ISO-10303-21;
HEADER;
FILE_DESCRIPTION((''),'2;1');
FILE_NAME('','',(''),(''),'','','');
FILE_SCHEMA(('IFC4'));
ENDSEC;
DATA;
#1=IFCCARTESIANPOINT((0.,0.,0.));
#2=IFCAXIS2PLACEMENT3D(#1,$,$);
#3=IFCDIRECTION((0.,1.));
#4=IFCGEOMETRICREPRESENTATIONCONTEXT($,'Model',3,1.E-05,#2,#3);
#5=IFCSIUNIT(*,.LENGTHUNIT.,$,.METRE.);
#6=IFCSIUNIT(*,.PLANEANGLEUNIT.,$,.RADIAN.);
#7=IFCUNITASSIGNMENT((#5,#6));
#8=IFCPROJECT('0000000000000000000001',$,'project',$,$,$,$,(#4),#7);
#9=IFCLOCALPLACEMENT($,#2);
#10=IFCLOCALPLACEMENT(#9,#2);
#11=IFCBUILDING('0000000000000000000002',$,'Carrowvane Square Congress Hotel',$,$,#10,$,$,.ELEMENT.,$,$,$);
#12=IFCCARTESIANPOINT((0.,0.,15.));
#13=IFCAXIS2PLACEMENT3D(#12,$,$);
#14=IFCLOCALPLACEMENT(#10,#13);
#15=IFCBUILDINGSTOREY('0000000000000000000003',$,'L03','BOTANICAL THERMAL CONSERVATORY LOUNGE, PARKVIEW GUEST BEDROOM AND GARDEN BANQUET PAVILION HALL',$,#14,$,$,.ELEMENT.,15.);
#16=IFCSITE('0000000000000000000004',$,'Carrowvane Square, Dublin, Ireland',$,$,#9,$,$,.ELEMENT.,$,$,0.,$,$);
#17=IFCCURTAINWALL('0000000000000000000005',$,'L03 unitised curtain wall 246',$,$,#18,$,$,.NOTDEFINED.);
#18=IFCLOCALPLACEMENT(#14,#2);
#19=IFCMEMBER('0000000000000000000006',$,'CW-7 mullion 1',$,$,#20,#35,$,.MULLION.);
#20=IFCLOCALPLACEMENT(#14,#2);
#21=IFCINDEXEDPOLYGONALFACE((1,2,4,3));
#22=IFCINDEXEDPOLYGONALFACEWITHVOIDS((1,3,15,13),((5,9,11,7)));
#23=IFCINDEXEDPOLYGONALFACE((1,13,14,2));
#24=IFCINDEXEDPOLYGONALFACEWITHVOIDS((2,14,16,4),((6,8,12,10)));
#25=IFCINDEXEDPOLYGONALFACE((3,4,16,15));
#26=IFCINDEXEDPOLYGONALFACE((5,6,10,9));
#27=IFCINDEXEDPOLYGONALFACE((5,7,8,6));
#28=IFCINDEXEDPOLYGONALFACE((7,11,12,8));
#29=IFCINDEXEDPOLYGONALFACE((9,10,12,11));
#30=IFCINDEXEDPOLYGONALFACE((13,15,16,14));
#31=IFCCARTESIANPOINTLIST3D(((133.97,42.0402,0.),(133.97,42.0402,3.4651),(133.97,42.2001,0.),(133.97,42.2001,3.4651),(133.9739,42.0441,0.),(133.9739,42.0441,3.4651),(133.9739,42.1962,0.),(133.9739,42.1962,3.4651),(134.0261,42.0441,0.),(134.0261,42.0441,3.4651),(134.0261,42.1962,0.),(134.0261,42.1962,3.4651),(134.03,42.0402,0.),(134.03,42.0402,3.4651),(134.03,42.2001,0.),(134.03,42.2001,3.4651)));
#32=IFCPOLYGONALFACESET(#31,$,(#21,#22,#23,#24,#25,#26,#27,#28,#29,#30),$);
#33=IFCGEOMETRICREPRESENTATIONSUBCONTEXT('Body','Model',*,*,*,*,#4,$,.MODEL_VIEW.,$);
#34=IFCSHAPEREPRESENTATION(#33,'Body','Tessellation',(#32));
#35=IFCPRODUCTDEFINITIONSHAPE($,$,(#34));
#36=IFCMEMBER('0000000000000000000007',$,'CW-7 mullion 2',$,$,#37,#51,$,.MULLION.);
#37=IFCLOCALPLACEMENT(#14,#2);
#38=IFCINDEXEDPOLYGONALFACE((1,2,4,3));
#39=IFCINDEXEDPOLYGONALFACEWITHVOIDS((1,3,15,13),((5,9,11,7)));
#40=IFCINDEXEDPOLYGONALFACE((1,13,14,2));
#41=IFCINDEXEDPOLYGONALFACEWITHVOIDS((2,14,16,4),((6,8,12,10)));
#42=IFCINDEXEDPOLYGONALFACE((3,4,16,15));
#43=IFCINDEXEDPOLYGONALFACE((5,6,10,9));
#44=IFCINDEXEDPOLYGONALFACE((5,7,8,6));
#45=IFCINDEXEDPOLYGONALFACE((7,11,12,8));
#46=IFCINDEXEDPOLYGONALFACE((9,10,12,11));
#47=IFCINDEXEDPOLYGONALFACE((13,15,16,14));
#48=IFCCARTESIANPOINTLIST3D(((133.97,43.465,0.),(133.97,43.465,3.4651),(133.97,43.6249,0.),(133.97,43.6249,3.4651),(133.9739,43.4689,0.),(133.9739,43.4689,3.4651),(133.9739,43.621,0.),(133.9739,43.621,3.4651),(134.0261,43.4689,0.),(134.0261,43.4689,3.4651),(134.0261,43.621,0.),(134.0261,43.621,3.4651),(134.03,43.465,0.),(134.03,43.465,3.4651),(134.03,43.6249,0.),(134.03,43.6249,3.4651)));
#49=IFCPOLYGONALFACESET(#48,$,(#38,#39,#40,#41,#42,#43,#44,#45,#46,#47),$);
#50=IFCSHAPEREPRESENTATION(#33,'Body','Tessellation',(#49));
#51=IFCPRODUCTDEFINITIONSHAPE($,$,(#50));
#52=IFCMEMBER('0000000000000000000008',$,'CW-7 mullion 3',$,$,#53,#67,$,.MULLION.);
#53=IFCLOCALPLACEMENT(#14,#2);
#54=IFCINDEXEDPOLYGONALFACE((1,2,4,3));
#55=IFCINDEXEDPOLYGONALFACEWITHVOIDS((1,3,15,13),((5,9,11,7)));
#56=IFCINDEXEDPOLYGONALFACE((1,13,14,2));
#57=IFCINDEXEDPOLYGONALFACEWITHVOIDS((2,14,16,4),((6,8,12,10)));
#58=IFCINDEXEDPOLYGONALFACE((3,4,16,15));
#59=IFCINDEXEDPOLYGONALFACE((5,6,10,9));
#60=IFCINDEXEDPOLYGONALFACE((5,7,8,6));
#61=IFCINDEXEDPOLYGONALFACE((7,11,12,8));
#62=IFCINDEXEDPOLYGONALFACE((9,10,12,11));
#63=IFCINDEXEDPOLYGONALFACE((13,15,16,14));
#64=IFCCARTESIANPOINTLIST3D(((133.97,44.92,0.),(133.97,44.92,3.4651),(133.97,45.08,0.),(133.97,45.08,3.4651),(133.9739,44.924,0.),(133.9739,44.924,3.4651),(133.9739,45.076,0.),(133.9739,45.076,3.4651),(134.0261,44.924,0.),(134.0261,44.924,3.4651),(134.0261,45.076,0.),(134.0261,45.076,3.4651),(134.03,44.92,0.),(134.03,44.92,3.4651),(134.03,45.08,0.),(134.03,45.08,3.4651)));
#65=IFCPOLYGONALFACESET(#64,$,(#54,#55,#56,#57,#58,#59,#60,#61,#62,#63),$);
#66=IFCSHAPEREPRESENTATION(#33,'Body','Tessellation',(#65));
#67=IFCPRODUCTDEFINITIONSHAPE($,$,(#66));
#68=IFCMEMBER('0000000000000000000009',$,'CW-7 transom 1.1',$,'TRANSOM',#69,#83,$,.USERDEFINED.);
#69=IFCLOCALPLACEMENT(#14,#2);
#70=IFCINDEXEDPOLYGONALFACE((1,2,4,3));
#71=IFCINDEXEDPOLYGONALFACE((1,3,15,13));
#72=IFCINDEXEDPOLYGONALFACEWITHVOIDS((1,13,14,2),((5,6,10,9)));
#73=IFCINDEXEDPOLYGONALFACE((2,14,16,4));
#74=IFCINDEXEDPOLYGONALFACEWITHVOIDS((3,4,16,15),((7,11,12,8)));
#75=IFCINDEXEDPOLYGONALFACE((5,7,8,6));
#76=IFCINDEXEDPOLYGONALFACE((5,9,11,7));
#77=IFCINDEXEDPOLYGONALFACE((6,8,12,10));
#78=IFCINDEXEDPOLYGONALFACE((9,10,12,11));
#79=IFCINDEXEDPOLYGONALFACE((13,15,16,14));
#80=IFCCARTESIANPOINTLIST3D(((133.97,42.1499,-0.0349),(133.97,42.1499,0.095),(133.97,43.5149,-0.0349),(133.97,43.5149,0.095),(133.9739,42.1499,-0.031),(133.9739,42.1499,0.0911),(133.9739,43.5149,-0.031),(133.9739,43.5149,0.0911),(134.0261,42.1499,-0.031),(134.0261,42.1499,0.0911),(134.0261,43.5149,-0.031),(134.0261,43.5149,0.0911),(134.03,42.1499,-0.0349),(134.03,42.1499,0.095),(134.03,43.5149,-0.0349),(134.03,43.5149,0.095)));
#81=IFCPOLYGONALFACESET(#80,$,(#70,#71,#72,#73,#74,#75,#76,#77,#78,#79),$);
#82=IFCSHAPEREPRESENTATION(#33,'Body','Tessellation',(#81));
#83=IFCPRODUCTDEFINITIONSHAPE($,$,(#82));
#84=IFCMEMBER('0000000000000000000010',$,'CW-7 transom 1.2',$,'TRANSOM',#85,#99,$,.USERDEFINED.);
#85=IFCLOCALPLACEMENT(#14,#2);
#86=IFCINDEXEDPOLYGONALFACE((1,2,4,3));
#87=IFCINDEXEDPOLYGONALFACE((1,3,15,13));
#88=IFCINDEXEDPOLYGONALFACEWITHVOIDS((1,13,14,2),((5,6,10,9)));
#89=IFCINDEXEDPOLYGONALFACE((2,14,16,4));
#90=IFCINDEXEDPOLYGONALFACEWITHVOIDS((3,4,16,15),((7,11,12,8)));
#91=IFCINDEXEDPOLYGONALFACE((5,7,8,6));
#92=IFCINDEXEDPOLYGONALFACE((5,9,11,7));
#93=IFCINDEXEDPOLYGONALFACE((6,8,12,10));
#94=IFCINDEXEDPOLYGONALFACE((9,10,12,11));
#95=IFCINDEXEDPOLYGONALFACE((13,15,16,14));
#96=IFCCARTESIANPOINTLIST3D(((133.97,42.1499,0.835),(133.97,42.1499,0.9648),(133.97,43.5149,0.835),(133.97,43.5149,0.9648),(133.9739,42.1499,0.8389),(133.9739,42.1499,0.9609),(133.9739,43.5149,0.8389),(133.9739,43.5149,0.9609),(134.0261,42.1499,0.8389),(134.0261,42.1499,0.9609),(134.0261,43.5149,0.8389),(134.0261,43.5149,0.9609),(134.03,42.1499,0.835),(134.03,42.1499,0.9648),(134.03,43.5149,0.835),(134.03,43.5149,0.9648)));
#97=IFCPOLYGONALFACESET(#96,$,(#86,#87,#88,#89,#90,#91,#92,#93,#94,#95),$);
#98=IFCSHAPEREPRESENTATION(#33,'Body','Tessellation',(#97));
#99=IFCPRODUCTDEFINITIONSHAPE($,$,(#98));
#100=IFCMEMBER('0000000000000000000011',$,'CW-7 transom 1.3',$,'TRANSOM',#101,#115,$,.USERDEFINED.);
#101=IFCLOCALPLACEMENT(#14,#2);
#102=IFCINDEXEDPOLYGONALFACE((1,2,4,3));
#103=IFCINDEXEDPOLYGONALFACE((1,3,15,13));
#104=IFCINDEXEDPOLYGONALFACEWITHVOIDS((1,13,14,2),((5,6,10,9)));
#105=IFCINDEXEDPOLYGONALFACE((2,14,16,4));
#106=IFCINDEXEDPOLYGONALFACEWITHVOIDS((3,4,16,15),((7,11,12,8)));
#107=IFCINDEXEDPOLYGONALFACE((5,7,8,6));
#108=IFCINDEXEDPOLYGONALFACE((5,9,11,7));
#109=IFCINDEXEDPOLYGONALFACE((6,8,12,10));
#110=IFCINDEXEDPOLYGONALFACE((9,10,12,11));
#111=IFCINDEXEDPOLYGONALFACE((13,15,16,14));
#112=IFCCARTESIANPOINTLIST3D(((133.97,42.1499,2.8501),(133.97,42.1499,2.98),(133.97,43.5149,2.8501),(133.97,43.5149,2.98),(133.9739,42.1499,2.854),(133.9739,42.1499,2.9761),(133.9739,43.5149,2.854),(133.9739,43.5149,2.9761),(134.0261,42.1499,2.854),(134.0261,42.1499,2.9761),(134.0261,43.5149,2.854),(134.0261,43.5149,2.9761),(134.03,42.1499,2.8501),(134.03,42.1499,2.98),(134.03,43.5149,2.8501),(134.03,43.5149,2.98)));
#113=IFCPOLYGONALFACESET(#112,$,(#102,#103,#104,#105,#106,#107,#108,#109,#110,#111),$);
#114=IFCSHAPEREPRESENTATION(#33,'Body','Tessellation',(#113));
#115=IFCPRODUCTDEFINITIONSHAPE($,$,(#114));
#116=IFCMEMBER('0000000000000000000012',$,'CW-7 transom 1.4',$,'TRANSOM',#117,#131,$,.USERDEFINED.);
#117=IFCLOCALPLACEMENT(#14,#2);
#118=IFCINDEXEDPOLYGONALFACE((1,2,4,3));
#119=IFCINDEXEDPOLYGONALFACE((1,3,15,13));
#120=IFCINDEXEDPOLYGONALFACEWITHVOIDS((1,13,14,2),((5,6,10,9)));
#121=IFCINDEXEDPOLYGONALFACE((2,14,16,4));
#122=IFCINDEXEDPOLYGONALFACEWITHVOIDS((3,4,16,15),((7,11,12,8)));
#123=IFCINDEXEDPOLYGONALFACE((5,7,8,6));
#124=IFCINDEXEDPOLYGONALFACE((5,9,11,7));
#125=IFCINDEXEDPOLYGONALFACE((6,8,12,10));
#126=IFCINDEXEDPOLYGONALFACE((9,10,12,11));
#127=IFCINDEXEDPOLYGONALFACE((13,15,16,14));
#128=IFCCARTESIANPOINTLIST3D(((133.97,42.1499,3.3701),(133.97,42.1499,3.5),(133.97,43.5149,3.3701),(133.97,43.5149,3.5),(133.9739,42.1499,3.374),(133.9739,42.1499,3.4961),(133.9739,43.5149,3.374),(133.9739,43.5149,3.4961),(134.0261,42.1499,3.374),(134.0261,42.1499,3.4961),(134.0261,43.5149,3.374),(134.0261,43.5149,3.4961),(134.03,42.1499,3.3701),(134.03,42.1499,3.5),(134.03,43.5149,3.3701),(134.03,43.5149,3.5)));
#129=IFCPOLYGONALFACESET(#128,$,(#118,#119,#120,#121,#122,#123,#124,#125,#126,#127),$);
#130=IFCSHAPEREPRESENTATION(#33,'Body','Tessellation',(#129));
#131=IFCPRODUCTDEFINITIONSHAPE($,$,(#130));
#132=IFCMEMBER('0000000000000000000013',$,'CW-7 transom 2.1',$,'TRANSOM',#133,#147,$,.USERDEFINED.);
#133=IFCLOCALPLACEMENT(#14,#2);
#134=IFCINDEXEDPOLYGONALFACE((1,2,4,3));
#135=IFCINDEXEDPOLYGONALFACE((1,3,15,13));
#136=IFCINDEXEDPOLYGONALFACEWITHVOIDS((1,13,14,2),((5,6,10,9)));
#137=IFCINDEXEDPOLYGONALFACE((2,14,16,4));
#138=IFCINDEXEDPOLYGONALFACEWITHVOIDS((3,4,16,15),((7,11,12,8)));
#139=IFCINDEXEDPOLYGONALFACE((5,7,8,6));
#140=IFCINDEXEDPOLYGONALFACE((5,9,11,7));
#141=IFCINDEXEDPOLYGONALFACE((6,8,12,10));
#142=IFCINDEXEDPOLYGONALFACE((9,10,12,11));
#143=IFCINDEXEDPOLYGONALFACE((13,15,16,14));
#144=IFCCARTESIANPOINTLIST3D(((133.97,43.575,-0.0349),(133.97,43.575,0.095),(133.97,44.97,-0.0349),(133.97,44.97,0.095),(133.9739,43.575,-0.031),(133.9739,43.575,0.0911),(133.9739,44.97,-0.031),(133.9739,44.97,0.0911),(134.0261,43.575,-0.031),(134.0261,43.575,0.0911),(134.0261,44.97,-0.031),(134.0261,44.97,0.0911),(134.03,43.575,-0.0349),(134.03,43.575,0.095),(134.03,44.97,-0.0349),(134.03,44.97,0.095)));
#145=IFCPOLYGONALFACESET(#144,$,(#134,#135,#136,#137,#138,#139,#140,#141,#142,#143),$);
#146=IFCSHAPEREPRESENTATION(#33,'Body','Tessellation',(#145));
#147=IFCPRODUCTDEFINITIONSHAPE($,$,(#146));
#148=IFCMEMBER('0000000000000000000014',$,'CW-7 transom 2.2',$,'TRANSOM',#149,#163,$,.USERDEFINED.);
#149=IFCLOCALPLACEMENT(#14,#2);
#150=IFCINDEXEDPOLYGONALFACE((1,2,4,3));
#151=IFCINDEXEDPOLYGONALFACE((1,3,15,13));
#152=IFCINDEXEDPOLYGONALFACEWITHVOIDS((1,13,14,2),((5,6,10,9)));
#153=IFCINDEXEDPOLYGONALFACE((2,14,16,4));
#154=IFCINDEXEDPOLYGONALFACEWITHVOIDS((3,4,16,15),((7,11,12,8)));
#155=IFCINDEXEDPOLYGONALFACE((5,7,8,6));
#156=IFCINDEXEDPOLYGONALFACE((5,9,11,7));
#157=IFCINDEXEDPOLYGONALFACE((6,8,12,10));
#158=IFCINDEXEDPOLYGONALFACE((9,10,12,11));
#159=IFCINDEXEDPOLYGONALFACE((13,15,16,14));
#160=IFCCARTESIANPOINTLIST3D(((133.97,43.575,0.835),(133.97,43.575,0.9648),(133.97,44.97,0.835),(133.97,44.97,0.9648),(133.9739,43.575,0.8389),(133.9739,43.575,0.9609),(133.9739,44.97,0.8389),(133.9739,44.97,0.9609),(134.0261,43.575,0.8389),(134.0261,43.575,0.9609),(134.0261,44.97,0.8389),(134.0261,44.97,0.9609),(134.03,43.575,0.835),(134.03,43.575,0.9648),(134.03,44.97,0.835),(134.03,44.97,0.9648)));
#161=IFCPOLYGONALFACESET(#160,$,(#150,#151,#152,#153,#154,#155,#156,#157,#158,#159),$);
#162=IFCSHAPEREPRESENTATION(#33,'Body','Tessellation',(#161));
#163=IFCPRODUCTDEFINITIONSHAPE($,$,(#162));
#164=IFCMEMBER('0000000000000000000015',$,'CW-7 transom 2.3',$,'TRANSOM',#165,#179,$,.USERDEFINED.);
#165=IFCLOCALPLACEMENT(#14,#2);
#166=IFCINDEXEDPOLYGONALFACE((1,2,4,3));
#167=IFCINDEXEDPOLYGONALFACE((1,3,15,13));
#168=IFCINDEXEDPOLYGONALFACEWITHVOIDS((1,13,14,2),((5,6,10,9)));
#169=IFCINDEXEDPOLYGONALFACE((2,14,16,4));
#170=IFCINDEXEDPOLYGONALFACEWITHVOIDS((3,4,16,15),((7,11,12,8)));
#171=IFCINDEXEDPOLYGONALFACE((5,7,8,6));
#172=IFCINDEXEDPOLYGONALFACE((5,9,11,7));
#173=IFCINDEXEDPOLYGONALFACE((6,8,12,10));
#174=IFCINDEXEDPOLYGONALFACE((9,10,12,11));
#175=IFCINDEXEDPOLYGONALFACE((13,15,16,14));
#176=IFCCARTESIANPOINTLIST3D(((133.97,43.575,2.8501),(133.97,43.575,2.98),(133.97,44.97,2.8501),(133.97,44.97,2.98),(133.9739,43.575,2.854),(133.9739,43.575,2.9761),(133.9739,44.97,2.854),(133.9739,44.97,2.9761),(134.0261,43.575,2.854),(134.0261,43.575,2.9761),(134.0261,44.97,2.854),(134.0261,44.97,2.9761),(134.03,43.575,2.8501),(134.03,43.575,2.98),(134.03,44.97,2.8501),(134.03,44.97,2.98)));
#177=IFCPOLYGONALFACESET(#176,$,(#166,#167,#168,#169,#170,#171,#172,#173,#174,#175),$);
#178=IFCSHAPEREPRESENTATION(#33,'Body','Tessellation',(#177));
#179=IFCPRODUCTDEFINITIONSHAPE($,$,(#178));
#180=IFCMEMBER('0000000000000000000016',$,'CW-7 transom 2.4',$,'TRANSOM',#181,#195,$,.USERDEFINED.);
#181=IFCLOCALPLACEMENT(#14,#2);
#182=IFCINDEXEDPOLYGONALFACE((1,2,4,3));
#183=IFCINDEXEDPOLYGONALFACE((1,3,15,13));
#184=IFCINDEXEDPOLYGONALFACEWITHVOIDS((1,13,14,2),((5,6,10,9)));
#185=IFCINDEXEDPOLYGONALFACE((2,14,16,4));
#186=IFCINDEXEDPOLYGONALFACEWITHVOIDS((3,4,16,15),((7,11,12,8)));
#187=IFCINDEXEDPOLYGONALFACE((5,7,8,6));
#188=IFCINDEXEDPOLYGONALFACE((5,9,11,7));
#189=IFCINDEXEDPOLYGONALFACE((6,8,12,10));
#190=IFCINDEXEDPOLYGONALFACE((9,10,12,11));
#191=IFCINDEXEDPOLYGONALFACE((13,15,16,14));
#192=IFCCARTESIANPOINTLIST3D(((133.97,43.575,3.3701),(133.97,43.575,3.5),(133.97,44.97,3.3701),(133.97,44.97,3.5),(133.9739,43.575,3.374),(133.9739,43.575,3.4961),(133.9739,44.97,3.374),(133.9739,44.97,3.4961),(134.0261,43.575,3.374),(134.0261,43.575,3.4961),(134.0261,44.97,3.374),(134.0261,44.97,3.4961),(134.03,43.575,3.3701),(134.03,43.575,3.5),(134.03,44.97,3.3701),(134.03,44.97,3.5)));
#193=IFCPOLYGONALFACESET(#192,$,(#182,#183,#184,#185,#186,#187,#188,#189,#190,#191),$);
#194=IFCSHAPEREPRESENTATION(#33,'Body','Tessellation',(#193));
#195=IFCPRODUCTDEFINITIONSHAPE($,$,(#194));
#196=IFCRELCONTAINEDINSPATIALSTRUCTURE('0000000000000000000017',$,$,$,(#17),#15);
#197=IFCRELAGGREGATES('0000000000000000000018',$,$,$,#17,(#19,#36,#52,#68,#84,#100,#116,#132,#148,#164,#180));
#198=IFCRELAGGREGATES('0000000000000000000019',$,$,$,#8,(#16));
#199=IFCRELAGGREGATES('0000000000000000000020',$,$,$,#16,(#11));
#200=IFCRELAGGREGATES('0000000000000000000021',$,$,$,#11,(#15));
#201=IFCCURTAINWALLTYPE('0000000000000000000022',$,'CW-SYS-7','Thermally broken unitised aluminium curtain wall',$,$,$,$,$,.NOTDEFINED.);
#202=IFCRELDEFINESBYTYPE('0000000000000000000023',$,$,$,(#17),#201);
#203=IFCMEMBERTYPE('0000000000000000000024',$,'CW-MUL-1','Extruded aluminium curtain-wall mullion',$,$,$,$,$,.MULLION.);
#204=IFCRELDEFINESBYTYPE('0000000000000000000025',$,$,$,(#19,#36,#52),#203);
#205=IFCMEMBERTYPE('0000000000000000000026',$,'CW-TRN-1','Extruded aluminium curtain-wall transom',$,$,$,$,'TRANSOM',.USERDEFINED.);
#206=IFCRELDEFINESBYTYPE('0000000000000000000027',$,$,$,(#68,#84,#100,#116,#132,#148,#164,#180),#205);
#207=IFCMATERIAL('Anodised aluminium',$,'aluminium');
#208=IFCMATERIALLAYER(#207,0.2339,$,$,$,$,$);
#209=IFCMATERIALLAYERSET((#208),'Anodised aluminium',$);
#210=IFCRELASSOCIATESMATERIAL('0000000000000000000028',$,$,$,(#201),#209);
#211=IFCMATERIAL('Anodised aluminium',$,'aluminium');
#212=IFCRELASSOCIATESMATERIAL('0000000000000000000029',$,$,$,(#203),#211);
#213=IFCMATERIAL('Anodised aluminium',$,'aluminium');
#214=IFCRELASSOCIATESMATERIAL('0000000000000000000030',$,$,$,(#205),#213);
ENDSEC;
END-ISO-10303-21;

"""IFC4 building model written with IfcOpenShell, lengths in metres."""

from ifc_helpers import new_model, si_unit, direction, frame, origin, origin_2d, place, context, subcontext, project, spatial, hollow_rectangle, extrude, material, layer, layer_set, material_profile, profile_set, type_object, element, aggregate, save


model = new_model("IFC4")

# Units and contexts
model_context = context("Model", 3, precision=1e-05, world=origin(), true_north=direction((0.0, 1.0)))
body_context = subcontext(model_context, "Body", "Model", "MODEL_VIEW")
ifc_project = project(units=[si_unit("LENGTHUNIT", "METRE"), si_unit("PLANEANGLEUNIT", "RADIAN")], contexts=[model_context])

# Site, building, storey
site_placement = place(None, origin())
site = spatial("IfcSite", under=ifc_project, at=site_placement, Name="Carrowvane Square, Dublin, Ireland", CompositionType="ELEMENT", RefElevation=0.0)
building_placement = place(site_placement, origin())
building = spatial("IfcBuilding", under=site, at=building_placement, Name="Carrowvane Square Congress Hotel", CompositionType="ELEMENT")
storey_placement = place(building_placement, frame((0.0, 0.0, 15.0)))
storey = spatial("IfcBuildingStorey", under=building, at=storey_placement, Name="L03", Description="BOTANICAL THERMAL CONSERVATORY LOUNGE, PARKVIEW GUEST BEDROOM AND GARDEN BANQUET PAVILION HALL", CompositionType="ELEMENT", Elevation=15.0)

# Curtain wall, members
ifc_material_1 = material(Name="Anodised aluminium", Category="aluminium")
ifc_layer_1 = layer(ifc_material_1, 0.2339)
ifc_layer_set_1 = layer_set([ifc_layer_1], Name="Anodised aluminium")
curtain_wall_type = type_object("IfcCurtainWallType", Name="CW-SYS-7", Description="Thermally broken unitised aluminium curtain wall", PredefinedType="NOTDEFINED", material=ifc_layer_set_1)
curtain_wall_placement = place(storey_placement, origin())
curtain_wall = element("IfcCurtainWall", 1, at=curtain_wall_placement, inside=storey, type_object=curtain_wall_type, Name="L03 unitised curtain wall 246", PredefinedType="NOTDEFINED")
ifc_material_2 = material(Name="Anodised aluminium", Category="aluminium")
ifc_material_profile_1 = material_profile(ifc_material_2, hollow_rectangle(XDim=0.0601, YDim=0.1599, WallThickness=0.0039, at=origin_2d()), Name="CW-ML 60x160x4")
ifc_profile_set_1 = profile_set([ifc_material_profile_1], Name="Anodised aluminium")
member_type_1 = type_object("IfcMemberType", Name="CW-MUL-1", Description="Extruded aluminium curtain-wall mullion", PredefinedType="MULLION", material=ifc_profile_set_1)
member_1_placement = place(storey_placement, frame((134.0, 42.1201, 0.0), z_axis=(0.0, 0.0, 1.0), x_axis=(-1.0, 0.0, 0.0)))
member_1 = element("IfcMember", 2, at=member_1_placement, type_object=member_type_1, Name="CW-7 mullion 1", PredefinedType="MULLION", context=body_context, shape_type="SweptSolid", body=[
    extrude(hollow_rectangle(XDim=0.0601, YDim=0.1599, WallThickness=0.0039, at=origin_2d()), origin(), (0.0, 0.0, 1.0), 3.4651),
])
member_2_placement = place(storey_placement, frame((134.0, 43.5449, 0.0), z_axis=(0.0, 0.0, 1.0), x_axis=(-1.0, 0.0, 0.0)))
member_2 = element("IfcMember", 3, at=member_2_placement, type_object=member_type_1, Name="CW-7 mullion 2", PredefinedType="MULLION", context=body_context, shape_type="SweptSolid", body=[
    extrude(hollow_rectangle(XDim=0.0601, YDim=0.1599, WallThickness=0.0039, at=origin_2d()), origin(), (0.0, 0.0, 1.0), 3.4651),
])
member_3_placement = place(storey_placement, frame((134.0, 45.0, 0.0), z_axis=(0.0, 0.0, 1.0), x_axis=(-1.0, 0.0, 0.0)))
member_3 = element("IfcMember", 4, at=member_3_placement, type_object=member_type_1, Name="CW-7 mullion 3", PredefinedType="MULLION", context=body_context, shape_type="SweptSolid", body=[
    extrude(hollow_rectangle(XDim=0.0601, YDim=0.1599, WallThickness=0.0039, at=origin_2d()), origin(), (0.0, 0.0, 1.0), 3.4651),
])
ifc_material_3 = material(Name="Anodised aluminium", Category="aluminium")
ifc_material_profile_2 = material_profile(ifc_material_3, hollow_rectangle(XDim=0.0601, YDim=0.1299, WallThickness=0.0039, at=origin_2d()), Name="CW-TR 60x130x4")
ifc_profile_set_2 = profile_set([ifc_material_profile_2], Name="Anodised aluminium")
member_type_2 = type_object("IfcMemberType", Name="CW-TRN-1", Description="Extruded aluminium curtain-wall transom", ElementType="TRANSOM", PredefinedType="USERDEFINED", material=ifc_profile_set_2)
member_4_placement = place(storey_placement, frame((134.0, 42.1499, 0.03), z_axis=(0.0, 1.0, 0.0), x_axis=(-1.0, 0.0, 0.0)))
member_4 = element("IfcMember", 5, at=member_4_placement, type_object=member_type_2, Name="CW-7 transom 1.1", ObjectType="TRANSOM", PredefinedType="USERDEFINED", context=body_context, shape_type="SweptSolid", body=[
    extrude(hollow_rectangle(XDim=0.0601, YDim=0.1299, WallThickness=0.0039, at=origin_2d()), origin(), (0.0, 0.0, 1.0), 1.365),
])
member_5_placement = place(storey_placement, frame((134.0, 42.1499, 0.8999), z_axis=(0.0, 1.0, 0.0), x_axis=(-1.0, 0.0, 0.0)))
member_5 = element("IfcMember", 6, at=member_5_placement, type_object=member_type_2, Name="CW-7 transom 1.2", ObjectType="TRANSOM", PredefinedType="USERDEFINED", context=body_context, shape_type="SweptSolid", body=[
    extrude(hollow_rectangle(XDim=0.0601, YDim=0.1299, WallThickness=0.0039, at=origin_2d()), origin(), (0.0, 0.0, 1.0), 1.365),
])
member_6_placement = place(storey_placement, frame((134.0, 42.1499, 2.915), z_axis=(0.0, 1.0, 0.0), x_axis=(-1.0, 0.0, 0.0)))
member_6 = element("IfcMember", 7, at=member_6_placement, type_object=member_type_2, Name="CW-7 transom 1.3", ObjectType="TRANSOM", PredefinedType="USERDEFINED", context=body_context, shape_type="SweptSolid", body=[
    extrude(hollow_rectangle(XDim=0.0601, YDim=0.1299, WallThickness=0.0039, at=origin_2d()), origin(), (0.0, 0.0, 1.0), 1.365),
])
member_7_placement = place(storey_placement, frame((134.0, 42.1499, 3.4351), z_axis=(0.0, 1.0, 0.0), x_axis=(-1.0, 0.0, 0.0)))
member_7 = element("IfcMember", 8, at=member_7_placement, type_object=member_type_2, Name="CW-7 transom 1.4", ObjectType="TRANSOM", PredefinedType="USERDEFINED", context=body_context, shape_type="SweptSolid", body=[
    extrude(hollow_rectangle(XDim=0.0601, YDim=0.1299, WallThickness=0.0039, at=origin_2d()), origin(), (0.0, 0.0, 1.0), 1.365),
])
member_8_placement = place(storey_placement, frame((134.0, 43.575, 0.03), z_axis=(0.0, 1.0, 0.0), x_axis=(-1.0, 0.0, 0.0)))
member_8 = element("IfcMember", 9, at=member_8_placement, type_object=member_type_2, Name="CW-7 transom 2.1", ObjectType="TRANSOM", PredefinedType="USERDEFINED", context=body_context, shape_type="SweptSolid", body=[
    extrude(hollow_rectangle(XDim=0.0601, YDim=0.1299, WallThickness=0.0039, at=origin_2d()), origin(), (0.0, 0.0, 1.0), 1.395),
])
member_9_placement = place(storey_placement, frame((134.0, 43.575, 0.8999), z_axis=(0.0, 1.0, 0.0), x_axis=(-1.0, 0.0, 0.0)))
member_9 = element("IfcMember", 10, at=member_9_placement, type_object=member_type_2, Name="CW-7 transom 2.2", ObjectType="TRANSOM", PredefinedType="USERDEFINED", context=body_context, shape_type="SweptSolid", body=[
    extrude(hollow_rectangle(XDim=0.0601, YDim=0.1299, WallThickness=0.0039, at=origin_2d()), origin(), (0.0, 0.0, 1.0), 1.395),
])
member_10_placement = place(storey_placement, frame((134.0, 43.575, 2.915), z_axis=(0.0, 1.0, 0.0), x_axis=(-1.0, 0.0, 0.0)))
member_10 = element("IfcMember", 11, at=member_10_placement, type_object=member_type_2, Name="CW-7 transom 2.3", ObjectType="TRANSOM", PredefinedType="USERDEFINED", context=body_context, shape_type="SweptSolid", body=[
    extrude(hollow_rectangle(XDim=0.0601, YDim=0.1299, WallThickness=0.0039, at=origin_2d()), origin(), (0.0, 0.0, 1.0), 1.395),
])
member_11_placement = place(storey_placement, frame((134.0, 43.575, 3.4351), z_axis=(0.0, 1.0, 0.0), x_axis=(-1.0, 0.0, 0.0)))
member_11 = element("IfcMember", 12, at=member_11_placement, type_object=member_type_2, Name="CW-7 transom 2.4", ObjectType="TRANSOM", PredefinedType="USERDEFINED", context=body_context, shape_type="SweptSolid", body=[
    extrude(hollow_rectangle(XDim=0.0601, YDim=0.1299, WallThickness=0.0039, at=origin_2d()), origin(), (0.0, 0.0, 1.0), 1.395),
])
aggregate(curtain_wall, [member_1, member_2, member_3, member_4, member_5, member_6, member_7, member_8, member_9, member_10, member_11])

save(model, "model.ifc")
